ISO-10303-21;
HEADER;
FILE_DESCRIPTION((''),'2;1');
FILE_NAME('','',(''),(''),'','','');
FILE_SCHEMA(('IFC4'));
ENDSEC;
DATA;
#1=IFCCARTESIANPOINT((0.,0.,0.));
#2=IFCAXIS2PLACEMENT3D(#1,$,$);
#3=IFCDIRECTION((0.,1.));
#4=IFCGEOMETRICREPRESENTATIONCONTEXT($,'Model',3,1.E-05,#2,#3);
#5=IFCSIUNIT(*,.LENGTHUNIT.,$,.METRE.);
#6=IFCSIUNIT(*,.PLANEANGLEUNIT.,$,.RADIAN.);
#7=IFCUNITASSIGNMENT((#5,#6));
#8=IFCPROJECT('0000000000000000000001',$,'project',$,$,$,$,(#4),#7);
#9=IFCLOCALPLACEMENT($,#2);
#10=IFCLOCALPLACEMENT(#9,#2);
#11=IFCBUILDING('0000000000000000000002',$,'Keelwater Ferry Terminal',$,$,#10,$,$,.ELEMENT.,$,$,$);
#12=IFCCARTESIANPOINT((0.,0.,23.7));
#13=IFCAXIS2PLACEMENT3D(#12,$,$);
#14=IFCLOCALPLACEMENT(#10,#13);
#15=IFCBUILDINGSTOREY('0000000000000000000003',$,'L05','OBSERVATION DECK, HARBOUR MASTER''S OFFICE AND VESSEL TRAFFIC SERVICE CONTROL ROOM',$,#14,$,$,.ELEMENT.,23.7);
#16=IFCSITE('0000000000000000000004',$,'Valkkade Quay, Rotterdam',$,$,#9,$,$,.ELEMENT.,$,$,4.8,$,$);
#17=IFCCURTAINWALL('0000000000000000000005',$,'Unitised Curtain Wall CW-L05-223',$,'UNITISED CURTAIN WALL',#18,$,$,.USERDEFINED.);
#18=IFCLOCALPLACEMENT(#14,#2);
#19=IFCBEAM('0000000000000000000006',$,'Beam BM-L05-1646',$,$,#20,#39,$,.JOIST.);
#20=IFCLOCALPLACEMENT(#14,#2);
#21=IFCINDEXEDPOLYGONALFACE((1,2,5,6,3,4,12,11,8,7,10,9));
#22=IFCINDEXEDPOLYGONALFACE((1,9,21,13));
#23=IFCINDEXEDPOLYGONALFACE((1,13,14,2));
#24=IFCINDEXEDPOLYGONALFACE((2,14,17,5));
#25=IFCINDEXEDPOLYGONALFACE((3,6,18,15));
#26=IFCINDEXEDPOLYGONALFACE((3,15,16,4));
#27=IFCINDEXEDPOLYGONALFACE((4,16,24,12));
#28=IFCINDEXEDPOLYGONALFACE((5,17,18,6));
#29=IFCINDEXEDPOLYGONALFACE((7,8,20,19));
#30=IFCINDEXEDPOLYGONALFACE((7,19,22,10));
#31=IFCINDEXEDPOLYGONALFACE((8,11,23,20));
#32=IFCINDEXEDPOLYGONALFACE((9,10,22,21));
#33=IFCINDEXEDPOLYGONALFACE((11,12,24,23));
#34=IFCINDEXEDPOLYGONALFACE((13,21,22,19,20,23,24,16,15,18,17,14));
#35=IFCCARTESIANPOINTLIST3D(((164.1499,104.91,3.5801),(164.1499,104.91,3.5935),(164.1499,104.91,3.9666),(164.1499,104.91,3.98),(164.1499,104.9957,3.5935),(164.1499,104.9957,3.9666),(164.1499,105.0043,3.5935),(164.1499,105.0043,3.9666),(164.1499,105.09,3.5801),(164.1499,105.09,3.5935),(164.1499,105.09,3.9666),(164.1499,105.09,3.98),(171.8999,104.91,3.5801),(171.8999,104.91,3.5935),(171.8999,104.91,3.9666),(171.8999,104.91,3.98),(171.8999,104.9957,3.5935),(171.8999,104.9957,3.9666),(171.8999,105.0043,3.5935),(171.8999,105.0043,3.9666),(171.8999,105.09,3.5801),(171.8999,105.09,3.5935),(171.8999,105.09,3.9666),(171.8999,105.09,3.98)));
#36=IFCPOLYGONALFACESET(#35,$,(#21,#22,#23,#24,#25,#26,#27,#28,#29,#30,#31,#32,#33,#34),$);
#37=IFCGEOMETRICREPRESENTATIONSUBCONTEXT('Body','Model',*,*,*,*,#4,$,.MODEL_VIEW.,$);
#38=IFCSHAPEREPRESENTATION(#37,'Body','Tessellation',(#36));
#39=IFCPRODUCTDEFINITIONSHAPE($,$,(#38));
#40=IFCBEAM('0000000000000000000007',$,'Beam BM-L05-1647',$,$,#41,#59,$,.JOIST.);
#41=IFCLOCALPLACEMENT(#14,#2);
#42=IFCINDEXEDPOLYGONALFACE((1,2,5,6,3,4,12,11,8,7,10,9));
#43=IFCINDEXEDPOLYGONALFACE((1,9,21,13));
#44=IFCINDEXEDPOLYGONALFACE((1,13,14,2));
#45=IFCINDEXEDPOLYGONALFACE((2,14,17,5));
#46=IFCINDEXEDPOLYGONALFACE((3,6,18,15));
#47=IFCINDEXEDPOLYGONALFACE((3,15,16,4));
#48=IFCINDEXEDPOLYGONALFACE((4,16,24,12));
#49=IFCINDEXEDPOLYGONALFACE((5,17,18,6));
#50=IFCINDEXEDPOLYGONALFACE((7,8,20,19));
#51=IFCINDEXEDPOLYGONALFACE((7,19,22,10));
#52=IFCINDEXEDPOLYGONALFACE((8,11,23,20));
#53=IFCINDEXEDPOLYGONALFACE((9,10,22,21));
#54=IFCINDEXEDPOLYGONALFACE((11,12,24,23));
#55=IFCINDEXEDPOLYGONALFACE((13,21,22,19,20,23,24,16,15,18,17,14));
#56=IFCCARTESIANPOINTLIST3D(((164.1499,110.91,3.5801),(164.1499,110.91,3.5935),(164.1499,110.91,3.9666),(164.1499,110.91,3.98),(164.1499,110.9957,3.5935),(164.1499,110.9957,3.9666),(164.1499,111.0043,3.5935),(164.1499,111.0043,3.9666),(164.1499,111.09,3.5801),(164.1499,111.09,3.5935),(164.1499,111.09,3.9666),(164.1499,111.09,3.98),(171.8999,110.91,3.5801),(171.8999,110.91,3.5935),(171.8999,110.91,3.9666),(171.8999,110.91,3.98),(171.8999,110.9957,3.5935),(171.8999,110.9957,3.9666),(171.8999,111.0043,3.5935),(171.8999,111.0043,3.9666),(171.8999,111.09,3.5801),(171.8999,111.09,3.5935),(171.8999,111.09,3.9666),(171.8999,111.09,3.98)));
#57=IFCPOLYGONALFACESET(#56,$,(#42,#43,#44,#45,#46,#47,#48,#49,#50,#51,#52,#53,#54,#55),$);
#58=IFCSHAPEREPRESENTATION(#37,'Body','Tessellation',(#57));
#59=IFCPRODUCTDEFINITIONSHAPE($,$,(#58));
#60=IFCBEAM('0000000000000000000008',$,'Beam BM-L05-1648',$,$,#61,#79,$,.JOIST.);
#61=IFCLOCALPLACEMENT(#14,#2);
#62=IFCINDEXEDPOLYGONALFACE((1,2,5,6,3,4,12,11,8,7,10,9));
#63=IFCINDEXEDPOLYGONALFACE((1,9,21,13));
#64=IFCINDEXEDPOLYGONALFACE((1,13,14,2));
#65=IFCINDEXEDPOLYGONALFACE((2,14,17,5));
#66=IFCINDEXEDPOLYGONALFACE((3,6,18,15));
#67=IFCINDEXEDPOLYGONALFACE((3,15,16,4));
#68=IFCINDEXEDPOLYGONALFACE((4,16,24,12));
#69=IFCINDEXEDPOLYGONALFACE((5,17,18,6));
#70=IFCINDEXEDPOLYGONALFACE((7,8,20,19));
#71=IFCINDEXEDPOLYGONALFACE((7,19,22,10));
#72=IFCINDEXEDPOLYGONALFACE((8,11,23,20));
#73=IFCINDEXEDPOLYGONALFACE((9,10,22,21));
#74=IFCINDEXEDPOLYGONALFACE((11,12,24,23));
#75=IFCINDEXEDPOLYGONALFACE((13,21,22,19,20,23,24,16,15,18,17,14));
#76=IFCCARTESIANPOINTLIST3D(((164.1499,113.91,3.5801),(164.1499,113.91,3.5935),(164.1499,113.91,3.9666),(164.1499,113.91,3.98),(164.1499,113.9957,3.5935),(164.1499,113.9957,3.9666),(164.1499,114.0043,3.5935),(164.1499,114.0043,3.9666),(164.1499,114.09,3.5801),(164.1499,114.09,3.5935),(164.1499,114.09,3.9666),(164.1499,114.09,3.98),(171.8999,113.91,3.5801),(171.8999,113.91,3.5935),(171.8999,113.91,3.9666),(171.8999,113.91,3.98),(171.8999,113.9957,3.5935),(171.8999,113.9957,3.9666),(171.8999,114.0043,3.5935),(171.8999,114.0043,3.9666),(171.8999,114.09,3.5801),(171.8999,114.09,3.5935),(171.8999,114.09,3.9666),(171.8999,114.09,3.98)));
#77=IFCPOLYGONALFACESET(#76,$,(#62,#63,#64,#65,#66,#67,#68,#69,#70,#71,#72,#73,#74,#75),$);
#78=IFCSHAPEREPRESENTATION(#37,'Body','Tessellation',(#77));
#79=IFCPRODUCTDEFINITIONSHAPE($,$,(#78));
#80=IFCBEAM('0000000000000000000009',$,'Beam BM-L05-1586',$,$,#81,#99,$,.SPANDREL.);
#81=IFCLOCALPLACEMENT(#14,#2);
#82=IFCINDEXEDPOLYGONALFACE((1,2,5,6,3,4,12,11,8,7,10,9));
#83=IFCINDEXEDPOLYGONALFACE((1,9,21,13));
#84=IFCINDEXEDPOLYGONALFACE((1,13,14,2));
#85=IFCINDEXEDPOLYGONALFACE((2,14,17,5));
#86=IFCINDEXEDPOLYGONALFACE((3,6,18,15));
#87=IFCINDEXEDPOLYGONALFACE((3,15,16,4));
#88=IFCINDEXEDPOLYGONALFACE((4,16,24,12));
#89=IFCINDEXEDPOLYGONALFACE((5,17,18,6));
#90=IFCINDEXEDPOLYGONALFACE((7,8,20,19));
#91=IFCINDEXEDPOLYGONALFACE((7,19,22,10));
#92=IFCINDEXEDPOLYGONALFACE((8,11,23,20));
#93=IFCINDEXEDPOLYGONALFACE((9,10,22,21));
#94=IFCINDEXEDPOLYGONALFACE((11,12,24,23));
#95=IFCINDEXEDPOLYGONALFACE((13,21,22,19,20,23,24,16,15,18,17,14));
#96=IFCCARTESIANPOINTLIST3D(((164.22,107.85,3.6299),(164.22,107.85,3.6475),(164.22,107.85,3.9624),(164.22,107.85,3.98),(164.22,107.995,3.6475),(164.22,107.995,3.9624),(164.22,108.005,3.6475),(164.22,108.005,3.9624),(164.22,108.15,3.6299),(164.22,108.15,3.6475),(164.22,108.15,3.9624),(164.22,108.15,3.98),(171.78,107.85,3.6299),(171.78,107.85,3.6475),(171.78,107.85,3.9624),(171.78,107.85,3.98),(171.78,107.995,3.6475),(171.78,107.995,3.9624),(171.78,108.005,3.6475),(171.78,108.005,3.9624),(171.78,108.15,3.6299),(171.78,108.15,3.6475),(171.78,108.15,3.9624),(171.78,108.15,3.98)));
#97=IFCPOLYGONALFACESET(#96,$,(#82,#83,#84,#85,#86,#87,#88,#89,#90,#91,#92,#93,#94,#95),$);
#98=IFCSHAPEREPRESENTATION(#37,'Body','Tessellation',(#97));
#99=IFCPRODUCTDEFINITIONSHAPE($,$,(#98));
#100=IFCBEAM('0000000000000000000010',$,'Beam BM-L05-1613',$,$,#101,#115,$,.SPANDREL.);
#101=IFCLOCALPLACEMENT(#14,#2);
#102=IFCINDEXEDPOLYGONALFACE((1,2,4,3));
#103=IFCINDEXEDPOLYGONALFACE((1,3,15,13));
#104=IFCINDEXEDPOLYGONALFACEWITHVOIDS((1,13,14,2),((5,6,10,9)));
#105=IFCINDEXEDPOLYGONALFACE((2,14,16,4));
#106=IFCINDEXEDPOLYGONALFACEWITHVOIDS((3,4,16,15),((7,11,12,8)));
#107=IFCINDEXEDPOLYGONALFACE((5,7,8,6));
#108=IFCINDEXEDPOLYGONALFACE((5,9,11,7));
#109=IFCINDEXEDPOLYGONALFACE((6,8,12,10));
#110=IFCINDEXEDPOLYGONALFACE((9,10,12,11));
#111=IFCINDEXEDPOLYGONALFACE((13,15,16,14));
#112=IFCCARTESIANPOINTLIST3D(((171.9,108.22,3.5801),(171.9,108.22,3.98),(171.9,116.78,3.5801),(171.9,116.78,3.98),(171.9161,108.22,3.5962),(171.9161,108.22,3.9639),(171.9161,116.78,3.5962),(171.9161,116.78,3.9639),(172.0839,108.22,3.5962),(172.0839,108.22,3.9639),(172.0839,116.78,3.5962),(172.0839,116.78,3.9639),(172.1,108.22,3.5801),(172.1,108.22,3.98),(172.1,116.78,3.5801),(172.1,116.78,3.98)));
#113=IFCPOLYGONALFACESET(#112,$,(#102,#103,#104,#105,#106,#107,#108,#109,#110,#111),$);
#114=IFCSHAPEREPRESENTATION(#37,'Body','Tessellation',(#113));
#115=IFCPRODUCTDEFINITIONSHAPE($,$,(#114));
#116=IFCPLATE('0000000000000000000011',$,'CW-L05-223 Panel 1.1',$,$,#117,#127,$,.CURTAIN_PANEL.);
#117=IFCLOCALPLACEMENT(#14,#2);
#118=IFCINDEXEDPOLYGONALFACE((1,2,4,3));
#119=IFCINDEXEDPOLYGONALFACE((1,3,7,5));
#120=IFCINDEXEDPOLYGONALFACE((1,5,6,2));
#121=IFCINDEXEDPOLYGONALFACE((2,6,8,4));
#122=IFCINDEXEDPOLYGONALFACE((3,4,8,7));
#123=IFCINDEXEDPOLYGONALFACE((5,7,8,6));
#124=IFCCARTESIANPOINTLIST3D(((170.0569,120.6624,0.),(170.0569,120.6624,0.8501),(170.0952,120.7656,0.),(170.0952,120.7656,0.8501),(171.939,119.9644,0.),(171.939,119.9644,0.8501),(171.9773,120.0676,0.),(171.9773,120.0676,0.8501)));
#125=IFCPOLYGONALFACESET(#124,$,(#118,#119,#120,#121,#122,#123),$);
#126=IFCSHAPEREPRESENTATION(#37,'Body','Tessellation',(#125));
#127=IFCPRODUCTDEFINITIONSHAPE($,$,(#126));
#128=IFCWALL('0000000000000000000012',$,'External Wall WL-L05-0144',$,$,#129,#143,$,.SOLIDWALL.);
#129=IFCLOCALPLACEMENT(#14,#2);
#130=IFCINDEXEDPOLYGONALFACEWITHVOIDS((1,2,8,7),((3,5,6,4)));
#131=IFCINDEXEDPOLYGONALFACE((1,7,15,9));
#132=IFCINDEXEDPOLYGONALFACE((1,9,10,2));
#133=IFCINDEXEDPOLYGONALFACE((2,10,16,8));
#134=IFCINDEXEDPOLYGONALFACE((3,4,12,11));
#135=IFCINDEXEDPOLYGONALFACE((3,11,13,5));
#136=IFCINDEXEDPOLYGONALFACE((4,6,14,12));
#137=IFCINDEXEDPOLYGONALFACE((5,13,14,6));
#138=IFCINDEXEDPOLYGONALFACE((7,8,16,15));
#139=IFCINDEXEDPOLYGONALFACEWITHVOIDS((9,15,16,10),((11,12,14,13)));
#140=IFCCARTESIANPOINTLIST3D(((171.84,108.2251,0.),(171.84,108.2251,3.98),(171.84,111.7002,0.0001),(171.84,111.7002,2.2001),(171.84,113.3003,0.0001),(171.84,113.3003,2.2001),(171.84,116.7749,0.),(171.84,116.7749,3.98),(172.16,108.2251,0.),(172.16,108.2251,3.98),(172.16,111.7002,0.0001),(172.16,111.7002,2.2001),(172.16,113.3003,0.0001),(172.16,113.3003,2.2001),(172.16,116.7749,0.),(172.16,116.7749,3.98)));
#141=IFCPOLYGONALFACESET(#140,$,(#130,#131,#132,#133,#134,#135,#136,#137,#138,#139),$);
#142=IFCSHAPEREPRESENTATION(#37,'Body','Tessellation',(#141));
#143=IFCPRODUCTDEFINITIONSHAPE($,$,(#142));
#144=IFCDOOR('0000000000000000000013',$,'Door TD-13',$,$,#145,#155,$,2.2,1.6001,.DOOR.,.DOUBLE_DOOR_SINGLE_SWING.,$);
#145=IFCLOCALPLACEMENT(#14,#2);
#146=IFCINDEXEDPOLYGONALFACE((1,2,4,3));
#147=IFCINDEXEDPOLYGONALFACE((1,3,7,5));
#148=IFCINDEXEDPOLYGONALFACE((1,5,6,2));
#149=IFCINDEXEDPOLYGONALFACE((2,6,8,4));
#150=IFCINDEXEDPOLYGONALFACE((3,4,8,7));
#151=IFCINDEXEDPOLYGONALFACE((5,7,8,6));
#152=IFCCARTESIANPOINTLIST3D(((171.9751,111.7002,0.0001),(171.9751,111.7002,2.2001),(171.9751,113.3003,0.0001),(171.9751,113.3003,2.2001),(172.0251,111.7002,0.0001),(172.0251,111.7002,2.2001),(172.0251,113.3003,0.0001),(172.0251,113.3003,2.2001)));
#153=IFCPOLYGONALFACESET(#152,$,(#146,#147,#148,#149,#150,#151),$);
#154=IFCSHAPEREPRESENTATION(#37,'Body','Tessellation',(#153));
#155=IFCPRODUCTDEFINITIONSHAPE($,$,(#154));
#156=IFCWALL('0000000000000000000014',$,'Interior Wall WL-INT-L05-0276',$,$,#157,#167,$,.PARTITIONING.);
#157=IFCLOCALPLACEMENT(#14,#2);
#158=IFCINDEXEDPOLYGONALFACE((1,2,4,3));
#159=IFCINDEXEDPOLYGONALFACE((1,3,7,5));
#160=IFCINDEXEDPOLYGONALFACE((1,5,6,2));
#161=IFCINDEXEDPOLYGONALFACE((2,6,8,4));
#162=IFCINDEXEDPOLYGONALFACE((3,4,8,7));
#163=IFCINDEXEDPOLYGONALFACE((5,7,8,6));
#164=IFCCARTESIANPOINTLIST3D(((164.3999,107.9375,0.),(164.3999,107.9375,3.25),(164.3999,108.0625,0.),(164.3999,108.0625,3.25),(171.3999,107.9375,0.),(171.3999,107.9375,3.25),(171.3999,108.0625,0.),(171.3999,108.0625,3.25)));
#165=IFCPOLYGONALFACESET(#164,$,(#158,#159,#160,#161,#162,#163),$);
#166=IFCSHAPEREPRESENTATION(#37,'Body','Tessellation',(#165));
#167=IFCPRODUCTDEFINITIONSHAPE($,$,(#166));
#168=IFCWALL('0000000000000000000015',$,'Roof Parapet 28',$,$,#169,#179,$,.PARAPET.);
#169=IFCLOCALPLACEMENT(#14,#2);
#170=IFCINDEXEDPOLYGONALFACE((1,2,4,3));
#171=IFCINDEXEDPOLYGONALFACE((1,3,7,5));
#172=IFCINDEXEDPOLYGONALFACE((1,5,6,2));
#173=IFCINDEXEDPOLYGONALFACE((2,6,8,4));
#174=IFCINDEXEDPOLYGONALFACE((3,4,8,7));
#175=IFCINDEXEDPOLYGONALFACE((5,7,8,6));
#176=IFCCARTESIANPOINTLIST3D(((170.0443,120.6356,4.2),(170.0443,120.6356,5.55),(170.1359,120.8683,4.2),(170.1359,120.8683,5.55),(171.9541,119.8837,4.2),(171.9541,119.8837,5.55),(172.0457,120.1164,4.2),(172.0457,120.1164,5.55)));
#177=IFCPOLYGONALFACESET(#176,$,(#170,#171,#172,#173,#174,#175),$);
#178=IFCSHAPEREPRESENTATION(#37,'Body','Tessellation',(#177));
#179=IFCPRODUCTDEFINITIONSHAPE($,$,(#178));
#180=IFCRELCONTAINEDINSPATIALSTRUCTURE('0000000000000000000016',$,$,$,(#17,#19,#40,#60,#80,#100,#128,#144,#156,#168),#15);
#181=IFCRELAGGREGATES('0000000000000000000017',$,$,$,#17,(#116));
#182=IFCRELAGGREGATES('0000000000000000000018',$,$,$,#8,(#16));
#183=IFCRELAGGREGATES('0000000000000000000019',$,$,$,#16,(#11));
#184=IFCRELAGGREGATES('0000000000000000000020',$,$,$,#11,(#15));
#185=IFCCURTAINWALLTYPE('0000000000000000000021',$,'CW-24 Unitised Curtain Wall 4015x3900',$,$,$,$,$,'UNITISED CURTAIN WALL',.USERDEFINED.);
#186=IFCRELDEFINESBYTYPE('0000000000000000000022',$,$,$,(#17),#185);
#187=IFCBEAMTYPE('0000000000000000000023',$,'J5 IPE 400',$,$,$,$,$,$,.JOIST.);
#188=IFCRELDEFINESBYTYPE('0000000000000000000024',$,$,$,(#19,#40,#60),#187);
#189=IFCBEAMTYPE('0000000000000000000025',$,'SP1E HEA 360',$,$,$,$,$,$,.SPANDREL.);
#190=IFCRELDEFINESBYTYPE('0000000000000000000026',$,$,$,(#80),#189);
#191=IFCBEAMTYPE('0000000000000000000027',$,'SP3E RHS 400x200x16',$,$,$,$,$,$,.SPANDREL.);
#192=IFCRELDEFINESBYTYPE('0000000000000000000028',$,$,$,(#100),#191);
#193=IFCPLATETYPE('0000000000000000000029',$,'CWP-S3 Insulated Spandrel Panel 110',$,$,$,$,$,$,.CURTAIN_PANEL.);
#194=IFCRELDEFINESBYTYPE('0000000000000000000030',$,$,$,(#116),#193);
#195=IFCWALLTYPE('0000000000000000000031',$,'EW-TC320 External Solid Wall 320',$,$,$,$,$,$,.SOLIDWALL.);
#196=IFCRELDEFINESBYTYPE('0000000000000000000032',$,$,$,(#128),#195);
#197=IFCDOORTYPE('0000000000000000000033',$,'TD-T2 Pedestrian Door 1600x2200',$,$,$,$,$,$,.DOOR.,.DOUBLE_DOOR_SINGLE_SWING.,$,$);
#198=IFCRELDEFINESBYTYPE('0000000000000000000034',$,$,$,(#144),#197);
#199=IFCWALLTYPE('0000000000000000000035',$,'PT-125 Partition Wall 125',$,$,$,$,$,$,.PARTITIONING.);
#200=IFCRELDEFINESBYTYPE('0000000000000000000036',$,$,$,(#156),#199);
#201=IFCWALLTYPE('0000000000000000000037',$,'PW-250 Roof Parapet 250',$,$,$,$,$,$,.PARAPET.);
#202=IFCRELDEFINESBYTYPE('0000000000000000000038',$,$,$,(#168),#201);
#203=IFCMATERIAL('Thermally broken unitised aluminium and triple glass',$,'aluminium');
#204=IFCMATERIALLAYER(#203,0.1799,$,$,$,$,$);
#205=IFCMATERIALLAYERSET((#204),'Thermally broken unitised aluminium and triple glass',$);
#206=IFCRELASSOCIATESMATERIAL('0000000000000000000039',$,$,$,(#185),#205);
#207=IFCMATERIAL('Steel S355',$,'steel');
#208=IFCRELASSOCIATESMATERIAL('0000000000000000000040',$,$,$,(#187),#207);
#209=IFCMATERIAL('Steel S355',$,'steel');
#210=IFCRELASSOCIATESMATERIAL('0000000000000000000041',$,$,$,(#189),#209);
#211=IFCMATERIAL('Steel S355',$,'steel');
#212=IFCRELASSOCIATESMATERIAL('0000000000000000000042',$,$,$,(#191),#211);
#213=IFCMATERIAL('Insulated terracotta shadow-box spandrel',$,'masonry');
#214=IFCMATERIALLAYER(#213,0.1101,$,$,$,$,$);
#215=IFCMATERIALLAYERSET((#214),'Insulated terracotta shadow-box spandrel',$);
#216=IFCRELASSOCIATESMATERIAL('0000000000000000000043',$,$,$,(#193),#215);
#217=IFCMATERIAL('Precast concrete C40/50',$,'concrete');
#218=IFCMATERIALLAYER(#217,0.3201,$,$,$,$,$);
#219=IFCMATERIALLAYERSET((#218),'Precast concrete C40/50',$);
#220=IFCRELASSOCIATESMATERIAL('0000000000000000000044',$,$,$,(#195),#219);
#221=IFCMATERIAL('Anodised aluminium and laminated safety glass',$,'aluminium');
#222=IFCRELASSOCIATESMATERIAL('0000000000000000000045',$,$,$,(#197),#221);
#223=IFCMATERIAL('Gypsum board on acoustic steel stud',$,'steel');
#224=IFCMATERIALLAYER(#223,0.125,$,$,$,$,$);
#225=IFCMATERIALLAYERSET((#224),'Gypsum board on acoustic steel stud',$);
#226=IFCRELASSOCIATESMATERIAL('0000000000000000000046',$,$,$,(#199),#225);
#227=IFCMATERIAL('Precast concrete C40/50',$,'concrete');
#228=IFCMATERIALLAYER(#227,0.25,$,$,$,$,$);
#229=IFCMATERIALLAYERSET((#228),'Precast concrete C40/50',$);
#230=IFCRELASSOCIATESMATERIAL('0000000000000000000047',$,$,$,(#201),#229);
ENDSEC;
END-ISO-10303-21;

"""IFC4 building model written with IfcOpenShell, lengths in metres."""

from ifc_helpers import new_model, si_unit, direction, frame, frame_2d, origin, origin_2d, place, context, subcontext, project, spatial, rectangle, hollow_rectangle, i_section, extrude, material, layer, layer_set, material_profile, profile_set, type_object, element, fill, aggregate, save


model = new_model("IFC4")

# Units and contexts
model_context = context("Model", 3, precision=1e-05, world=origin(), true_north=direction((0.0, 1.0)))
body_context = subcontext(model_context, "Body", "Model", "MODEL_VIEW")
ifc_project = project(units=[si_unit("LENGTHUNIT", "METRE"), si_unit("PLANEANGLEUNIT", "RADIAN")], contexts=[model_context])

# Site, building, storey
site_placement = place(None, origin())
site = spatial("IfcSite", under=ifc_project, at=site_placement, Name="Valkkade Quay, Rotterdam", CompositionType="ELEMENT", RefElevation=4.8)
building_placement = place(site_placement, origin())
building = spatial("IfcBuilding", under=site, at=building_placement, Name="Keelwater Ferry Terminal", CompositionType="ELEMENT")
storey_placement = place(building_placement, frame((0.0, 0.0, 23.7)))
storey = spatial("IfcBuildingStorey", under=building, at=storey_placement, Name="L05", Description="OBSERVATION DECK, HARBOUR MASTER'S OFFICE AND VESSEL TRAFFIC SERVICE CONTROL ROOM", CompositionType="ELEMENT", Elevation=23.7)

# Curtain wall
ifc_material_1 = material(Name="Thermally broken unitised aluminium and triple glass", Category="aluminium")
ifc_layer_1 = layer(ifc_material_1, 0.1799)
ifc_layer_set_1 = layer_set([ifc_layer_1], Name="Thermally broken unitised aluminium and triple glass")
curtain_wall_type = type_object("IfcCurtainWallType", Name="CW-24 Unitised Curtain Wall 4015x3900", ElementType="UNITISED CURTAIN WALL", PredefinedType="USERDEFINED", material=ifc_layer_set_1)
curtain_wall_placement = place(storey_placement, origin())
curtain_wall = element("IfcCurtainWall", 1, at=curtain_wall_placement, inside=storey, type_object=curtain_wall_type, Name="Unitised Curtain Wall CW-L05-223", ObjectType="UNITISED CURTAIN WALL", PredefinedType="USERDEFINED")

# Beams
ifc_material_2 = material(Name="Steel S355", Category="steel")
ifc_material_profile_1 = material_profile(ifc_material_2, i_section(OverallWidth=0.1799, OverallDepth=0.3999, WebThickness=0.0085, FlangeThickness=0.0134, at=origin_2d()), Name="IPE 400")
ifc_profile_set_1 = profile_set([ifc_material_profile_1], Name="Steel S355")
beam_type_1 = type_object("IfcBeamType", Name="J5 IPE 400", PredefinedType="JOIST", material=ifc_profile_set_1)
for number, where, z_axis, x_axis, name in (
    (2, (164.1499, 105.0, 3.78), (1.0, 0.0, 0.0), (0.0, 1.0, 0.0), "Beam BM-L05-1646"),
    (3, (164.1499, 111.0, 3.78), (1.0, 0.0, 0.0), (0.0, 1.0, 0.0), "Beam BM-L05-1647"),
    (4, (164.1499, 114.0, 3.78), (1.0, 0.0, 0.0), (0.0, 1.0, 0.0), "Beam BM-L05-1648"),
):
    element("IfcBeam", number, at=place(storey_placement, frame(where, z_axis=z_axis, x_axis=x_axis)), inside=storey, type_object=beam_type_1, Name=name, PredefinedType="JOIST", context=body_context, shape_type="SweptSolid", body=[
        extrude(i_section(OverallWidth=0.1799, OverallDepth=0.3999, WebThickness=0.0085, FlangeThickness=0.0134, at=origin_2d()), origin(), (0.0, 0.0, 1.0), 7.75),
    ])
ifc_material_3 = material(Name="Steel S355", Category="steel")
ifc_material_profile_2 = material_profile(ifc_material_3, i_section(OverallWidth=0.3, OverallDepth=0.3501, WebThickness=0.01, FlangeThickness=0.0176, at=origin_2d()), Name="HEA 360")
ifc_profile_set_2 = profile_set([ifc_material_profile_2], Name="Steel S355")
beam_type_2 = type_object("IfcBeamType", Name="SP1E HEA 360", PredefinedType="SPANDREL", material=ifc_profile_set_2)
beam_1_placement = place(storey_placement, frame((164.22, 108.0, 3.8049), z_axis=(1.0, 0.0, 0.0), x_axis=(0.0, 1.0, 0.0)))
element("IfcBeam", 5, at=beam_1_placement, inside=storey, type_object=beam_type_2, Name="Beam BM-L05-1586", PredefinedType="SPANDREL", context=body_context, shape_type="SweptSolid", body=[
    extrude(i_section(OverallWidth=0.3, OverallDepth=0.3501, WebThickness=0.01, FlangeThickness=0.0176, at=origin_2d()), origin(), (0.0, 0.0, 1.0), 7.5601),
])
ifc_material_4 = material(Name="Steel S355", Category="steel")
ifc_material_profile_3 = material_profile(ifc_material_4, hollow_rectangle(XDim=0.2, YDim=0.3999, WallThickness=0.0161, at=origin_2d()), Name="RHS 400x200x16")
ifc_profile_set_3 = profile_set([ifc_material_profile_3], Name="Steel S355")
beam_type_3 = type_object("IfcBeamType", Name="SP3E RHS 400x200x16", PredefinedType="SPANDREL", material=ifc_profile_set_3)
beam_2_placement = place(storey_placement, frame((172.0, 108.22, 3.78), z_axis=(0.0, 1.0, 0.0), x_axis=(-1.0, 0.0, 0.0)))
element("IfcBeam", 6, at=beam_2_placement, inside=storey, type_object=beam_type_3, Name="Beam BM-L05-1613", PredefinedType="SPANDREL", context=body_context, shape_type="SweptSolid", body=[
    extrude(hollow_rectangle(XDim=0.2, YDim=0.3999, WallThickness=0.0161, at=origin_2d()), origin(), (0.0, 0.0, 1.0), 8.5601),
])

# Plate
ifc_material_5 = material(Name="Insulated terracotta shadow-box spandrel", Category="masonry")
ifc_layer_2 = layer(ifc_material_5, 0.1101)
ifc_layer_set_2 = layer_set([ifc_layer_2], Name="Insulated terracotta shadow-box spandrel")
plate_type = type_object("IfcPlateType", Name="CWP-S3 Insulated Spandrel Panel 110", PredefinedType="CURTAIN_PANEL", material=ifc_layer_set_2)
plate_placement = place(storey_placement, frame((171.0171, 120.365, 0.0), z_axis=(0.0, 0.0, 1.0), x_axis=(-0.937592, 0.347736, 0.0)))
plate = element("IfcPlate", 7, at=plate_placement, type_object=plate_type, Name="CW-L05-223 Panel 1.1", PredefinedType="CURTAIN_PANEL", context=body_context, shape_type="SweptSolid", body=[
    extrude(rectangle(XDim=2.0073, YDim=0.1101, at=origin_2d()), origin(), (0.0, 0.0, 1.0), 0.8501),
])
aggregate(curtain_wall, [plate])

# Wall, opening, door
ifc_material_6 = material(Name="Precast concrete C40/50", Category="concrete")
ifc_layer_3 = layer(ifc_material_6, 0.3201)
ifc_layer_set_3 = layer_set([ifc_layer_3], Name="Precast concrete C40/50")
wall_type_1 = type_object("IfcWallType", Name="EW-TC320 External Solid Wall 320", PredefinedType="SOLIDWALL", material=ifc_layer_set_3)
wall_1_placement = place(storey_placement, frame((172.0, 108.2251, 0.0), z_axis=(0.0, 0.0, 1.0), x_axis=(0.0, 1.0, 0.0)))
wall_1 = element("IfcWall", 8, at=wall_1_placement, inside=storey, type_object=wall_type_1, Name="External Wall WL-L05-0144", PredefinedType="SOLIDWALL", context=body_context, shape_type="SweptSolid", body=[
    extrude(rectangle(XDim=8.5498, YDim=0.3201, at=frame_2d((4.2749, 0.0))), origin(), (0.0, 0.0, 1.0), 3.98),
])
opening_placement = place(wall_1_placement, frame((3.4751, 0.0, 0.0)))
opening = element("IfcOpeningElement", 9, at=opening_placement, cuts=wall_1, PredefinedType="OPENING", context=body_context, shape_type="SweptSolid", body=[
    extrude(rectangle(XDim=1.6001, YDim=2.2, at=frame_2d((0.8, 1.1001))), frame((0.0, 0.1702, 0.0), z_axis=(0.0, -1.0, 0.0), x_axis=(1.0, 0.0, 0.0)), (0.0, 0.0, 1.0), 0.3401),
])
ifc_material_7 = material(Name="Anodised aluminium and laminated safety glass", Category="aluminium")
door_type = type_object("IfcDoorType", Name="TD-T2 Pedestrian Door 1600x2200", OperationType="DOUBLE_DOOR_SINGLE_SWING", PredefinedType="DOOR", material=ifc_material_7)
door_placement = place(opening_placement, origin())
door = element("IfcDoor", 10, at=door_placement, inside=storey, type_object=door_type, Name="Door TD-13", OperationType="DOUBLE_DOOR_SINGLE_SWING", OverallHeight=2.2, OverallWidth=1.6001, PredefinedType="DOOR", context=body_context, shape_type="SweptSolid", body=[
    extrude(rectangle(XDim=1.6001, YDim=2.2, at=frame_2d((0.8, 1.1001))), frame((0.0, 0.0249, 0.0), z_axis=(0.0, -1.0, 0.0), x_axis=(1.0, 0.0, 0.0)), (0.0, 0.0, 1.0), 0.05),
])
fill(opening, door)

# Walls
ifc_material_8 = material(Name="Gypsum board on acoustic steel stud", Category="steel")
ifc_layer_4 = layer(ifc_material_8, 0.125)
ifc_layer_set_4 = layer_set([ifc_layer_4], Name="Gypsum board on acoustic steel stud")
wall_type_2 = type_object("IfcWallType", Name="PT-125 Partition Wall 125", PredefinedType="PARTITIONING", material=ifc_layer_set_4)
wall_2_placement = place(storey_placement, frame((164.3999, 108.0, 0.0), z_axis=(0.0, 0.0, 1.0), x_axis=(1.0, 0.0, 0.0)))
element("IfcWall", 11, at=wall_2_placement, inside=storey, type_object=wall_type_2, Name="Interior Wall WL-INT-L05-0276", PredefinedType="PARTITIONING", context=body_context, shape_type="SweptSolid", body=[
    extrude(rectangle(XDim=7.0, YDim=0.125, at=frame_2d((3.5, 0.0))), origin(), (0.0, 0.0, 1.0), 3.25),
])
ifc_material_9 = material(Name="Precast concrete C40/50", Category="concrete")
ifc_layer_5 = layer(ifc_material_9, 0.25)
ifc_layer_set_5 = layer_set([ifc_layer_5], Name="Precast concrete C40/50")
wall_type_3 = type_object("IfcWallType", Name="PW-250 Roof Parapet 250", PredefinedType="PARAPET", material=ifc_layer_set_5)
wall_3_placement = place(storey_placement, frame((172.0, 120.0, 4.2), z_axis=(0.0, 0.0, 1.0), x_axis=(-0.930481, 0.36634, 0.0)))
element("IfcWall", 12, at=wall_3_placement, inside=storey, type_object=wall_type_3, Name="Roof Parapet 28", PredefinedType="PARAPET", context=body_context, shape_type="SweptSolid", body=[
    extrude(rectangle(XDim=2.0525, YDim=0.25, at=frame_2d((1.0264, 0.0))), origin(), (0.0, 0.0, 1.0), 1.3501),
])

save(model, "model.ifc")
